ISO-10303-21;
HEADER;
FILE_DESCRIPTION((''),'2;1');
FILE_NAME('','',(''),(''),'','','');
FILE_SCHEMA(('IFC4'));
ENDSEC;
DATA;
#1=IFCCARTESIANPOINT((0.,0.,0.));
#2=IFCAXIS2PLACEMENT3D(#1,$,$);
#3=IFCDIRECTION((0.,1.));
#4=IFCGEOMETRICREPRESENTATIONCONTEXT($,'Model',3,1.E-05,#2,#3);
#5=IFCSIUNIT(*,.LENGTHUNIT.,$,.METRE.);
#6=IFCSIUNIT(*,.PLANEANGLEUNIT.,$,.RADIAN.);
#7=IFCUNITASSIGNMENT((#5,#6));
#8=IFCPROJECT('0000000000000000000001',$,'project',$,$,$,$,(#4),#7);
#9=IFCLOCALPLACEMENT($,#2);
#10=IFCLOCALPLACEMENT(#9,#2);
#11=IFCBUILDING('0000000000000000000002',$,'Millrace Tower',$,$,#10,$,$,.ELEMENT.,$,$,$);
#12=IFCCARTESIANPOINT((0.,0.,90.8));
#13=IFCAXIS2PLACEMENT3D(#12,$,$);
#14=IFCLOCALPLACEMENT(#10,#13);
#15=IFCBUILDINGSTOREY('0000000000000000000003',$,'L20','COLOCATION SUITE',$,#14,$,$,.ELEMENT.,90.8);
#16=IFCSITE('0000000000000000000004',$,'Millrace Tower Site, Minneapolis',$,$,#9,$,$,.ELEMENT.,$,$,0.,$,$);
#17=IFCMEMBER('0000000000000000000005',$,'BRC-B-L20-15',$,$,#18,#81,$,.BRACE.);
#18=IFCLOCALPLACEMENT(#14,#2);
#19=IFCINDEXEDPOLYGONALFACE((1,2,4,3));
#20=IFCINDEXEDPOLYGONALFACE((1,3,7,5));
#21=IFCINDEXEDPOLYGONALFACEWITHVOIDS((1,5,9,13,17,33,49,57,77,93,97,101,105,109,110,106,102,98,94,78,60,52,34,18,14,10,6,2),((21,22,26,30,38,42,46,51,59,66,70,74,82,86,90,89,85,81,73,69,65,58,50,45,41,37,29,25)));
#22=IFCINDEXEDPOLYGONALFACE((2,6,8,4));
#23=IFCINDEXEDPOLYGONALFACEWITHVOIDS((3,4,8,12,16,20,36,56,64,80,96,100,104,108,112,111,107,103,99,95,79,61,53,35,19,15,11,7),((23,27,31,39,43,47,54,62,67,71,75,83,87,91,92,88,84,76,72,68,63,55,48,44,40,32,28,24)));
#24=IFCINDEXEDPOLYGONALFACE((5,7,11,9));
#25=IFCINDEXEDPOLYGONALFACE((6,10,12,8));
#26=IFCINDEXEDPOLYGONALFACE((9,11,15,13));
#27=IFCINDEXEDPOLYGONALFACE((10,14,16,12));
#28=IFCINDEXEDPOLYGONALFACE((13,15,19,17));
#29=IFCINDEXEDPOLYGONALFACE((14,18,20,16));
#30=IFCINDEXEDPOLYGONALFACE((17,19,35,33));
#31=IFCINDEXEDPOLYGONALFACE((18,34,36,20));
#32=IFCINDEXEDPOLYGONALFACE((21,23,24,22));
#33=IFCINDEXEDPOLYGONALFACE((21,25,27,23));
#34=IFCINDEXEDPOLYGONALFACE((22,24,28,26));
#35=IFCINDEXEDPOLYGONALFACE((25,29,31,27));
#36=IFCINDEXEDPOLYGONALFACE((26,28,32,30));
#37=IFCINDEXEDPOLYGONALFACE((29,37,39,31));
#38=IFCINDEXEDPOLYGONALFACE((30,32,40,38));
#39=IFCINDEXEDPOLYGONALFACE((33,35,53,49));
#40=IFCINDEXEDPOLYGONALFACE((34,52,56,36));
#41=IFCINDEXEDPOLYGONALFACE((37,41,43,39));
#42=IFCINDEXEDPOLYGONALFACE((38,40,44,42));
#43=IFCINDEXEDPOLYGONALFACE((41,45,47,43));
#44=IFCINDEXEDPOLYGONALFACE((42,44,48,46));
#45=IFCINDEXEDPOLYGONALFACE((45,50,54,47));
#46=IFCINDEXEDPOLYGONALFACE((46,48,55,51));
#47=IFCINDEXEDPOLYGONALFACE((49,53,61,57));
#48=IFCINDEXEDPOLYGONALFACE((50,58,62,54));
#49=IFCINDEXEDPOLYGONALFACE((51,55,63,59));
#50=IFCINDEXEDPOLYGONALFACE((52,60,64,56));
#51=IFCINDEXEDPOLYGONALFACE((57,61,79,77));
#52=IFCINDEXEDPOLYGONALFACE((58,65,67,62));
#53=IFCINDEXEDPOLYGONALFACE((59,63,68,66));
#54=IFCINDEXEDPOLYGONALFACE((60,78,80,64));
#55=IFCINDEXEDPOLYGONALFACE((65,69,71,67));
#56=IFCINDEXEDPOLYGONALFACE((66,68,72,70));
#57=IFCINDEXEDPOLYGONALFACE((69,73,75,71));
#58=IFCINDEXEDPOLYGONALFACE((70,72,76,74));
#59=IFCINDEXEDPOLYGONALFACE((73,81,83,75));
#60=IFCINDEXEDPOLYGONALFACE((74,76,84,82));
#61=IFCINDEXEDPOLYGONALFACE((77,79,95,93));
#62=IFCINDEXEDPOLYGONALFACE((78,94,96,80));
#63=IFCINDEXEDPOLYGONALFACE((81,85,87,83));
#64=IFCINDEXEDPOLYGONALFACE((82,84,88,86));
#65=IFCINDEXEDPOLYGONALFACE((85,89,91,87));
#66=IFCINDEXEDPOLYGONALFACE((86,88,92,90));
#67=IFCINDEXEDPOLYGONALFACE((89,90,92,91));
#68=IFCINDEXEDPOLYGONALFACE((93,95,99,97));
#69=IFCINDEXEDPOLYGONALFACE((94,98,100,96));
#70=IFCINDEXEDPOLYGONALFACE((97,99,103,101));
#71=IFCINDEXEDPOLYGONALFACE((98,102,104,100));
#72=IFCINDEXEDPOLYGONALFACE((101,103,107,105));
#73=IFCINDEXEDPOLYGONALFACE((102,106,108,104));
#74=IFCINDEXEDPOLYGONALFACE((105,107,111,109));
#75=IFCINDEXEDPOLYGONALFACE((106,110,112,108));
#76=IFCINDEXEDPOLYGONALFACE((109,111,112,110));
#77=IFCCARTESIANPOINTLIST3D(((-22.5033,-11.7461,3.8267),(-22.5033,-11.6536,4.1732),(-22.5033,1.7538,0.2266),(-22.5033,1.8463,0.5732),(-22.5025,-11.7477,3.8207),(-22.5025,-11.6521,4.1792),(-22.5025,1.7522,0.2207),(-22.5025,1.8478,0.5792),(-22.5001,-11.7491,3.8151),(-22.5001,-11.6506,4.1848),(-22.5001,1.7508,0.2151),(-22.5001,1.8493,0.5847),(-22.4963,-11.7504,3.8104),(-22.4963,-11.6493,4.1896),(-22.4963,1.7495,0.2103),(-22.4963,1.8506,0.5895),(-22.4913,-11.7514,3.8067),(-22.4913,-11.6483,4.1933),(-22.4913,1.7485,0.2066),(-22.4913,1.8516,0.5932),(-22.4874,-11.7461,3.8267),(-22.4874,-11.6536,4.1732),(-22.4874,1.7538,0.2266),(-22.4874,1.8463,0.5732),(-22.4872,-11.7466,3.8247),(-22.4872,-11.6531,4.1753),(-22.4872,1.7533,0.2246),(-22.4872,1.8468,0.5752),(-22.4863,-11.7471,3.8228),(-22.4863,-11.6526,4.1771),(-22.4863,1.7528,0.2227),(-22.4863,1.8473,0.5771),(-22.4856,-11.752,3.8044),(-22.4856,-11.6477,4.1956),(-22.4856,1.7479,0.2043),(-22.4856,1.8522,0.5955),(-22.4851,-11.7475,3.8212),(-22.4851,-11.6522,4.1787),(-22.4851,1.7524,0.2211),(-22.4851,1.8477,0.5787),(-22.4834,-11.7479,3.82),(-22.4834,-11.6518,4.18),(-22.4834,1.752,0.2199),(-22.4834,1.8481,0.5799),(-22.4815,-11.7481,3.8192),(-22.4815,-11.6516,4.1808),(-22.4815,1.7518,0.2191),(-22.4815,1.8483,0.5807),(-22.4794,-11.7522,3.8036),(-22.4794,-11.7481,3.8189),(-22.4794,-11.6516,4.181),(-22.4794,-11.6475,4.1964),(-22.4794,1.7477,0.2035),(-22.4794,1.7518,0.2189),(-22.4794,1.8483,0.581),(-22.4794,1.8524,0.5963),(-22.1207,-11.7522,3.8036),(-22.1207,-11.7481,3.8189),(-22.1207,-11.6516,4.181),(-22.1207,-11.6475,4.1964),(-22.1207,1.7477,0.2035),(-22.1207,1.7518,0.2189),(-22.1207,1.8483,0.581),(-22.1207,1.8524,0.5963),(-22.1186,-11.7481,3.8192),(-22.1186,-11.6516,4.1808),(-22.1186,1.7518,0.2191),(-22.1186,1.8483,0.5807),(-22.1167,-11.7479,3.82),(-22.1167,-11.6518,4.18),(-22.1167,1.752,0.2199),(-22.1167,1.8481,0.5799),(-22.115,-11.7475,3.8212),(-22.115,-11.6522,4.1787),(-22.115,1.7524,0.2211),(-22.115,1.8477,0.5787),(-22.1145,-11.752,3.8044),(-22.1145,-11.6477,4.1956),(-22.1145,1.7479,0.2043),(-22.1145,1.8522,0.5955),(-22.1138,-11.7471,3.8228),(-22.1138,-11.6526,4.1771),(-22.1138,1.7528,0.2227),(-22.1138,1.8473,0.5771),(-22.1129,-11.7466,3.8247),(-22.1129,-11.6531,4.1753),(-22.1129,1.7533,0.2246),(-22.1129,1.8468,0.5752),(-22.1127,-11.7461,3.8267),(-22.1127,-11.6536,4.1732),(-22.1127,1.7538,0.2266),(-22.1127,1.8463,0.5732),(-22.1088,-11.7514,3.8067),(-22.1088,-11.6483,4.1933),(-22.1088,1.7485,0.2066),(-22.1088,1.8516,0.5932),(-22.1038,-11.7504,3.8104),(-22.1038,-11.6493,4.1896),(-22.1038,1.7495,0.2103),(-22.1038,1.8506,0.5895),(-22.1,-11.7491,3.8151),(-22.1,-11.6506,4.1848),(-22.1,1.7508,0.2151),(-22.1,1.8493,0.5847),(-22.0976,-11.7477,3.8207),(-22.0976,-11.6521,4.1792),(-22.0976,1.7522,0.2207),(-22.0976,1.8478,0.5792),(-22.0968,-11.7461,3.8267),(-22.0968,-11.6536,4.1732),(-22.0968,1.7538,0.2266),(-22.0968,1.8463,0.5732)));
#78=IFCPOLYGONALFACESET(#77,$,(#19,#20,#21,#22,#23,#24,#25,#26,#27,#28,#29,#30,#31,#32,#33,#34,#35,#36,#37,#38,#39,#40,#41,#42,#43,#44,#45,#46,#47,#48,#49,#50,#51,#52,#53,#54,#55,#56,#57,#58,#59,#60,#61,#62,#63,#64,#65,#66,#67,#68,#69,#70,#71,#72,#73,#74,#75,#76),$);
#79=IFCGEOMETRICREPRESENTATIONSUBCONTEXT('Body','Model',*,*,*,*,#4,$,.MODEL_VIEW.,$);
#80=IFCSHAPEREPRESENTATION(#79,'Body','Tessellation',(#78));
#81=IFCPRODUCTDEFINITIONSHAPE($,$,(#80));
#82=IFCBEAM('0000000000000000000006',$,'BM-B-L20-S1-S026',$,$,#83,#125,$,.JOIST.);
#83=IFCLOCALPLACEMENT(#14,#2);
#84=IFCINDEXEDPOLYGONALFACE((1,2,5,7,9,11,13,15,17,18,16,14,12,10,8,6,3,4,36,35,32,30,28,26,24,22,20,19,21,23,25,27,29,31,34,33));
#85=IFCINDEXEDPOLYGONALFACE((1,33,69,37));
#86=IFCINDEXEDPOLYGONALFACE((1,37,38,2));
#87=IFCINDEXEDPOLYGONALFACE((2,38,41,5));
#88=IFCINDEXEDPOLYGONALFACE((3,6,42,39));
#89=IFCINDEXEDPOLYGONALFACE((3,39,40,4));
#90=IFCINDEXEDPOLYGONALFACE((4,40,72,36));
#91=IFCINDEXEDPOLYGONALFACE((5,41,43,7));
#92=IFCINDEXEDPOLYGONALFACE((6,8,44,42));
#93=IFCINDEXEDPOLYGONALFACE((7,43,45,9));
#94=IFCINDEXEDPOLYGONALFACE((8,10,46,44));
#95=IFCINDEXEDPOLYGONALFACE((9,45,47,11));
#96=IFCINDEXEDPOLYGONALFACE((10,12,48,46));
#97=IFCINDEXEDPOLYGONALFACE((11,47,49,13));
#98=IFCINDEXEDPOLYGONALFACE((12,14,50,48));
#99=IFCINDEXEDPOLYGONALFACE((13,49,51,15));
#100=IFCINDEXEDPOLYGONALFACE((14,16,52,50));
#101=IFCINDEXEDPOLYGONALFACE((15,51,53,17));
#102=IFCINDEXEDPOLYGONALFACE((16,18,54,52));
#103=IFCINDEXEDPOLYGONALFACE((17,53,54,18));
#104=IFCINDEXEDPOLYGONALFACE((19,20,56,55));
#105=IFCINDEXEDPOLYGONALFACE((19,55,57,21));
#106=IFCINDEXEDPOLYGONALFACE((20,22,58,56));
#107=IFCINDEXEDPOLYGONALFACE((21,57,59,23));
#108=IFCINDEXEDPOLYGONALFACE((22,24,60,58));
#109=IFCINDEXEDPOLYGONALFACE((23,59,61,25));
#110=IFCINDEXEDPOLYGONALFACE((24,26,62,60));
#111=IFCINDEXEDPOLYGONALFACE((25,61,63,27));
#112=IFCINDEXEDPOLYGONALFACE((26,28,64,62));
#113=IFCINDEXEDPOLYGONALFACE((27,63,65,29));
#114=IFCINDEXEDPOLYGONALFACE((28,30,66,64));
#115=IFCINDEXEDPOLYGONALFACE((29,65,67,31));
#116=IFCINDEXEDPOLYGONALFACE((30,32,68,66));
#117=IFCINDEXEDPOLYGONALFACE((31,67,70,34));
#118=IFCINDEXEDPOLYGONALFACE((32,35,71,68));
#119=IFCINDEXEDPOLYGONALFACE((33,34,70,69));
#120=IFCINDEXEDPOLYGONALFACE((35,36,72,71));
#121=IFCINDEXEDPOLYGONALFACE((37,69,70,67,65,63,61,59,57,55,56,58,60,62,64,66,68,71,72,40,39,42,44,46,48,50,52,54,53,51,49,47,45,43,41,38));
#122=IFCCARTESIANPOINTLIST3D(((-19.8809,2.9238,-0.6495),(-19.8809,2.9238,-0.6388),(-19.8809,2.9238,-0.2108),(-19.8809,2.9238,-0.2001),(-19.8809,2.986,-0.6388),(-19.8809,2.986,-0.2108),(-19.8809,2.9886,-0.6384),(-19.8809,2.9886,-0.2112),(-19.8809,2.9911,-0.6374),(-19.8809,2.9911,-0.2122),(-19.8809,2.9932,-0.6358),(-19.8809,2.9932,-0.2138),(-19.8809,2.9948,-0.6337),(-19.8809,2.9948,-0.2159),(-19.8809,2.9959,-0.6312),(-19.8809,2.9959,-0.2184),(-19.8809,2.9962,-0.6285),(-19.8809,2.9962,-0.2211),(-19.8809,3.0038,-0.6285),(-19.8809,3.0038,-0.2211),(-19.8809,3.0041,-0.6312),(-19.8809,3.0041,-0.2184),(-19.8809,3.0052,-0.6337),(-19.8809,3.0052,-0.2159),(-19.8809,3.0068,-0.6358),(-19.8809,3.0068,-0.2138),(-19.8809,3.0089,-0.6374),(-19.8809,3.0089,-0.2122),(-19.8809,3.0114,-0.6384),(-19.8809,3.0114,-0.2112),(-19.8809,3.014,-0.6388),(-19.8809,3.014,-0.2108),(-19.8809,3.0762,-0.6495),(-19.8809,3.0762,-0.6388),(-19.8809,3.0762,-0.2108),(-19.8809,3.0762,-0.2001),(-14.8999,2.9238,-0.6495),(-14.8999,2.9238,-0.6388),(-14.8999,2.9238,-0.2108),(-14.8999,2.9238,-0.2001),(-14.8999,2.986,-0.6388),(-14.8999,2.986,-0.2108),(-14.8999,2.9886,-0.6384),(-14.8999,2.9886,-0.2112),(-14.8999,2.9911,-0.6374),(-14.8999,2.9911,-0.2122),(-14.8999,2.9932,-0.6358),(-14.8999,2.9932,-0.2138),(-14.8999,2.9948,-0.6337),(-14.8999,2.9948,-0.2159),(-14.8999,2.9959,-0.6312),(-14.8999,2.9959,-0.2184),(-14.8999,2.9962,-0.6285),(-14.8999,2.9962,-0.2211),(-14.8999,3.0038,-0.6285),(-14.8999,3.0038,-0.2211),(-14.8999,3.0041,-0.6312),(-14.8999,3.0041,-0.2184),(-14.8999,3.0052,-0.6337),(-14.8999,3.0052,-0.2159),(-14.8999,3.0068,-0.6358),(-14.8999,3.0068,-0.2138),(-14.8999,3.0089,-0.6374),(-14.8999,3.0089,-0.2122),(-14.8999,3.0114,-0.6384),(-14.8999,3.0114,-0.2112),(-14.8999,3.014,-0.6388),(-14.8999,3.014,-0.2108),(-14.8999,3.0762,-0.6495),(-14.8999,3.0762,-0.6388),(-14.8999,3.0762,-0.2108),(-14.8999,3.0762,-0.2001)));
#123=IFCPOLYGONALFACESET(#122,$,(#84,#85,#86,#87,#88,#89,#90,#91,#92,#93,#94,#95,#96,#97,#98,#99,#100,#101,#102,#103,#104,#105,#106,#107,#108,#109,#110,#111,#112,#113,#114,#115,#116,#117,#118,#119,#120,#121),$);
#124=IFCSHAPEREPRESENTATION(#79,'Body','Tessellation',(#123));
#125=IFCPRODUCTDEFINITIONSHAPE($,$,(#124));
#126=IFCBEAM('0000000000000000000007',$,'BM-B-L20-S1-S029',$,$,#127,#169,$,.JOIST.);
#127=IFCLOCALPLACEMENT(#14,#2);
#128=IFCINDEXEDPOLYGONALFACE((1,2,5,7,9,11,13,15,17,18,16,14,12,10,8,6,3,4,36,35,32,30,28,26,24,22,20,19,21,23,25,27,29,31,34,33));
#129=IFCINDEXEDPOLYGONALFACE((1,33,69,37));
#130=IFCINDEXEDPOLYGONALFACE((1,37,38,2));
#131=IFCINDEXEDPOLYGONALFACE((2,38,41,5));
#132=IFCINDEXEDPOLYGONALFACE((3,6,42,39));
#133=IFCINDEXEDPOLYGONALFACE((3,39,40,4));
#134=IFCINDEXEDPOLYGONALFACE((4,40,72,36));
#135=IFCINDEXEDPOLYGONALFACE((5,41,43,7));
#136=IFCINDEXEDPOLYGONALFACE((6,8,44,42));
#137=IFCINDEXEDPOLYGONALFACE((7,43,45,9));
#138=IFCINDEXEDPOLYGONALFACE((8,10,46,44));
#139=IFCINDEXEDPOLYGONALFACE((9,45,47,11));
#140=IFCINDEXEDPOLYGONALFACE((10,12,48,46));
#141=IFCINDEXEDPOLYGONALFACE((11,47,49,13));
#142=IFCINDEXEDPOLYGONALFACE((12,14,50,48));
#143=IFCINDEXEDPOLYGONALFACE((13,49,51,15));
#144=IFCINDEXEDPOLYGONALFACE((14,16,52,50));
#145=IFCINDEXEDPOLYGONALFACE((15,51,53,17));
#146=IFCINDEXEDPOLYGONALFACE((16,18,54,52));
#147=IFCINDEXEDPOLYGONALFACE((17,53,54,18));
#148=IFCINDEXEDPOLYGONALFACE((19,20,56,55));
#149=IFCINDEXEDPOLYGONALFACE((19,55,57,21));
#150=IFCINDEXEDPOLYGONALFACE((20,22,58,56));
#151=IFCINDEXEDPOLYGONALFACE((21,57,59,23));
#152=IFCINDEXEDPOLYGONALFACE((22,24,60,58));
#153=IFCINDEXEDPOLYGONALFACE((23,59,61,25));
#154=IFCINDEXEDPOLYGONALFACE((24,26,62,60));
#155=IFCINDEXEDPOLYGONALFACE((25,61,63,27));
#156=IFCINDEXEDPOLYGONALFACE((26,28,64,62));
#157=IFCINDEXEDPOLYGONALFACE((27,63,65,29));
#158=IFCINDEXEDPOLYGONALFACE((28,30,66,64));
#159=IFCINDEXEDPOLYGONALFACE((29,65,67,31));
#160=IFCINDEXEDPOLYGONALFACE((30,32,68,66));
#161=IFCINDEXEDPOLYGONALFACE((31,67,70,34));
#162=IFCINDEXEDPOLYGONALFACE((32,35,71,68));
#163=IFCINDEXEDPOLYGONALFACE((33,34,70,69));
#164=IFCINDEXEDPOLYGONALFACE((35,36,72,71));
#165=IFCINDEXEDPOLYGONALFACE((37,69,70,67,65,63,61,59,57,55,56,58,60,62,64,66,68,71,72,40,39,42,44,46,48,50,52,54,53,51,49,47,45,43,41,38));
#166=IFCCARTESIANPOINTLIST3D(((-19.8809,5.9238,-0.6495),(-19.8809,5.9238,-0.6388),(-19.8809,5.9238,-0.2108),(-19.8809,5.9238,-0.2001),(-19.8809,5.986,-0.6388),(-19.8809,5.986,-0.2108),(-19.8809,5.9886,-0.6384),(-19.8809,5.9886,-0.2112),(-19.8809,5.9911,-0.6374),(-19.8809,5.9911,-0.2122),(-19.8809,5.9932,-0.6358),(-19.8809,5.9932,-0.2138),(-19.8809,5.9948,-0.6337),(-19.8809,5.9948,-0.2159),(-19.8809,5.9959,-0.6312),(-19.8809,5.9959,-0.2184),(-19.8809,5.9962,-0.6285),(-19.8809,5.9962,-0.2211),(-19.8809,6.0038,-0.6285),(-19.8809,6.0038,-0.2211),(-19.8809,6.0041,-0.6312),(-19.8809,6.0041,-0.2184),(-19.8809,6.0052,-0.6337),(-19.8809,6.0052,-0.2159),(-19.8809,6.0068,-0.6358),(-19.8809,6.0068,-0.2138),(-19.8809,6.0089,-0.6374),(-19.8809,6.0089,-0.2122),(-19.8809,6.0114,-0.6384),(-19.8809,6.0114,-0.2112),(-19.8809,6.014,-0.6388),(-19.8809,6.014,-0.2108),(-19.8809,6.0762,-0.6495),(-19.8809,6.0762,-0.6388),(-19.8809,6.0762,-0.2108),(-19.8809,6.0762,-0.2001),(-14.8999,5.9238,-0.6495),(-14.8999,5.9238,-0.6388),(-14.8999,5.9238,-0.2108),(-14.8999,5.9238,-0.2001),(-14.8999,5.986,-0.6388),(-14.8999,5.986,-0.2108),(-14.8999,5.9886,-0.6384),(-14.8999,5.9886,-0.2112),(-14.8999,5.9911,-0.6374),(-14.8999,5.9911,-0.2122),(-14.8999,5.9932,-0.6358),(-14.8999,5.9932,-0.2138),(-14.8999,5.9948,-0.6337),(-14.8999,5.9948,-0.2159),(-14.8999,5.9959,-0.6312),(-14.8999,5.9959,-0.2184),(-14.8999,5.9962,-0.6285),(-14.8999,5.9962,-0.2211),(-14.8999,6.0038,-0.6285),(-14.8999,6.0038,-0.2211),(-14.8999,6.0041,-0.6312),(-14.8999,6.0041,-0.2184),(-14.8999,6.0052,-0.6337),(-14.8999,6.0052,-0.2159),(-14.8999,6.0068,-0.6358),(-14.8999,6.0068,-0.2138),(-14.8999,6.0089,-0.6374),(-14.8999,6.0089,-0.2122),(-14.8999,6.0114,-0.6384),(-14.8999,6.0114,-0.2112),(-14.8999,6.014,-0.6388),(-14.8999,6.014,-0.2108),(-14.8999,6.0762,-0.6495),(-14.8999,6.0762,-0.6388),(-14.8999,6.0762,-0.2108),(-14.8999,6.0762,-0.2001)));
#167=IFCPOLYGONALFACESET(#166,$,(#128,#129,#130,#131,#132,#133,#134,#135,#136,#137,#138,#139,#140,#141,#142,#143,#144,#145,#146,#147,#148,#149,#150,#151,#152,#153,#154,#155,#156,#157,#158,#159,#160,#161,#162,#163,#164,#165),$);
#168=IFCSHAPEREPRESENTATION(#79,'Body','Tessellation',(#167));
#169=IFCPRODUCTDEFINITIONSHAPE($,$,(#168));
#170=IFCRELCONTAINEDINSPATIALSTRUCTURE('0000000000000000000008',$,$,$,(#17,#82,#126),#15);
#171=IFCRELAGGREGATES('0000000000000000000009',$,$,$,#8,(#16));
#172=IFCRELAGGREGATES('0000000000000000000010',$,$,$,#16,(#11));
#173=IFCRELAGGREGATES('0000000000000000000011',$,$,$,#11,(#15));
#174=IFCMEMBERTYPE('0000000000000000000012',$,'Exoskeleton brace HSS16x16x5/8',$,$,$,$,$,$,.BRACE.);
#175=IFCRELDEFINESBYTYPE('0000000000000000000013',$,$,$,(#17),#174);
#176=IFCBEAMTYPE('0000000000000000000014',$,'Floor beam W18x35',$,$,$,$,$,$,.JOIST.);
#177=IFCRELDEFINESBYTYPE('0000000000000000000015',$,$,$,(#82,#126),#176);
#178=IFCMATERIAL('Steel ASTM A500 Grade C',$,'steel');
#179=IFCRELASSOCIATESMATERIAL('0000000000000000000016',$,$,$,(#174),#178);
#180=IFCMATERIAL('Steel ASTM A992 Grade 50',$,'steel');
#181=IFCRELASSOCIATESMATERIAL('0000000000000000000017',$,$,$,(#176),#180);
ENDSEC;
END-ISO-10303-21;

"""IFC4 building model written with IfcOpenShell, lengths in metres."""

from ifc_helpers import new_model, si_unit, direction, frame, origin, origin_2d, place, context, subcontext, project, spatial, hollow_rectangle, i_section, extrude, material, material_profile, profile_set, type_object, element, save


model = new_model("IFC4")

# Units and contexts
model_context = context("Model", 3, precision=1e-05, world=origin(), true_north=direction((0.0, 1.0)))
body_context = subcontext(model_context, "Body", "Model", "MODEL_VIEW")
ifc_project = project(units=[si_unit("LENGTHUNIT", "METRE"), si_unit("PLANEANGLEUNIT", "RADIAN")], contexts=[model_context])

# Site, building, storey
site_placement = place(None, origin())
site = spatial("IfcSite", under=ifc_project, at=site_placement, Name="Millrace Tower Site, Minneapolis", CompositionType="ELEMENT", RefElevation=0.0)
building_placement = place(site_placement, origin())
building = spatial("IfcBuilding", under=site, at=building_placement, Name="Millrace Tower", CompositionType="ELEMENT")
storey_placement = place(building_placement, frame((0.0, 0.0, 90.8)))
storey = spatial("IfcBuildingStorey", under=building, at=storey_placement, Name="L20", Description="COLOCATION SUITE", CompositionType="ELEMENT", Elevation=90.8)

# Member
ifc_material_1 = material(Name="Steel ASTM A500 Grade C", Category="steel")
ifc_material_profile_1 = material_profile(ifc_material_1, hollow_rectangle(XDim=0.4065, YDim=0.4065, WallThickness=0.0159, InnerFilletRadius=0.0081, OuterFilletRadius=0.0239, at=origin_2d()))
ifc_profile_set_1 = profile_set([ifc_material_profile_1], Name="Steel ASTM A500 Grade C")
member_type_1 = type_object("IfcMemberType", Name="Exoskeleton brace HSS16x16x5/8", PredefinedType="BRACE", material=ifc_profile_set_1)
member_1_placement = place(storey_placement, frame((-22.3, 1.8, 0.3999), z_axis=(0.0, -0.966233, 0.257669), x_axis=(1.0, 0.0, 0.0)))
element("IfcMember", 1, at=member_1_placement, inside=storey, type_object=member_type_1, Name="BRC-B-L20-15", PredefinedType="BRACE", context=body_context, shape_type="SweptSolid", body=[
    extrude(hollow_rectangle(XDim=0.4065, YDim=0.4065, WallThickness=0.0159, InnerFilletRadius=0.0081, OuterFilletRadius=0.0239, at=origin_2d()), origin(), (0.0, 0.0, 1.0), 13.9717),
])

# Beams
ifc_material_2 = material(Name="Steel ASTM A992 Grade 50", Category="steel")
ifc_material_profile_2 = material_profile(ifc_material_2, i_section(OverallWidth=0.1523, OverallDepth=0.4495, WebThickness=0.0076, FlangeThickness=0.0107, FilletRadius=0.0103, at=origin_2d()))
ifc_profile_set_2 = profile_set([ifc_material_profile_2], Name="Steel ASTM A992 Grade 50")
beam_type_1 = type_object("IfcBeamType", Name="Floor beam W18x35", PredefinedType="JOIST", material=ifc_profile_set_2)
for number, where, z_axis, x_axis, name in (
    (2, (-19.8809, 3.0, -0.4248), (1.0, 0.0, 0.0), (0.0, 1.0, 0.0), "BM-B-L20-S1-S026"),
    (3, (-19.8809, 6.0, -0.4248), (1.0, 0.0, 0.0), (0.0, 1.0, 0.0), "BM-B-L20-S1-S029"),
):
    element("IfcBeam", number, at=place(storey_placement, frame(where, z_axis=z_axis, x_axis=x_axis)), inside=storey, type_object=beam_type_1, Name=name, PredefinedType="JOIST", context=body_context, shape_type="SweptSolid", body=[
        extrude(i_section(OverallWidth=0.1523, OverallDepth=0.4495, WebThickness=0.0076, FlangeThickness=0.0107, FilletRadius=0.0103, at=origin_2d()), origin(), (0.0, 0.0, 1.0), 4.981),
    ])

save(model, "model.ifc")
